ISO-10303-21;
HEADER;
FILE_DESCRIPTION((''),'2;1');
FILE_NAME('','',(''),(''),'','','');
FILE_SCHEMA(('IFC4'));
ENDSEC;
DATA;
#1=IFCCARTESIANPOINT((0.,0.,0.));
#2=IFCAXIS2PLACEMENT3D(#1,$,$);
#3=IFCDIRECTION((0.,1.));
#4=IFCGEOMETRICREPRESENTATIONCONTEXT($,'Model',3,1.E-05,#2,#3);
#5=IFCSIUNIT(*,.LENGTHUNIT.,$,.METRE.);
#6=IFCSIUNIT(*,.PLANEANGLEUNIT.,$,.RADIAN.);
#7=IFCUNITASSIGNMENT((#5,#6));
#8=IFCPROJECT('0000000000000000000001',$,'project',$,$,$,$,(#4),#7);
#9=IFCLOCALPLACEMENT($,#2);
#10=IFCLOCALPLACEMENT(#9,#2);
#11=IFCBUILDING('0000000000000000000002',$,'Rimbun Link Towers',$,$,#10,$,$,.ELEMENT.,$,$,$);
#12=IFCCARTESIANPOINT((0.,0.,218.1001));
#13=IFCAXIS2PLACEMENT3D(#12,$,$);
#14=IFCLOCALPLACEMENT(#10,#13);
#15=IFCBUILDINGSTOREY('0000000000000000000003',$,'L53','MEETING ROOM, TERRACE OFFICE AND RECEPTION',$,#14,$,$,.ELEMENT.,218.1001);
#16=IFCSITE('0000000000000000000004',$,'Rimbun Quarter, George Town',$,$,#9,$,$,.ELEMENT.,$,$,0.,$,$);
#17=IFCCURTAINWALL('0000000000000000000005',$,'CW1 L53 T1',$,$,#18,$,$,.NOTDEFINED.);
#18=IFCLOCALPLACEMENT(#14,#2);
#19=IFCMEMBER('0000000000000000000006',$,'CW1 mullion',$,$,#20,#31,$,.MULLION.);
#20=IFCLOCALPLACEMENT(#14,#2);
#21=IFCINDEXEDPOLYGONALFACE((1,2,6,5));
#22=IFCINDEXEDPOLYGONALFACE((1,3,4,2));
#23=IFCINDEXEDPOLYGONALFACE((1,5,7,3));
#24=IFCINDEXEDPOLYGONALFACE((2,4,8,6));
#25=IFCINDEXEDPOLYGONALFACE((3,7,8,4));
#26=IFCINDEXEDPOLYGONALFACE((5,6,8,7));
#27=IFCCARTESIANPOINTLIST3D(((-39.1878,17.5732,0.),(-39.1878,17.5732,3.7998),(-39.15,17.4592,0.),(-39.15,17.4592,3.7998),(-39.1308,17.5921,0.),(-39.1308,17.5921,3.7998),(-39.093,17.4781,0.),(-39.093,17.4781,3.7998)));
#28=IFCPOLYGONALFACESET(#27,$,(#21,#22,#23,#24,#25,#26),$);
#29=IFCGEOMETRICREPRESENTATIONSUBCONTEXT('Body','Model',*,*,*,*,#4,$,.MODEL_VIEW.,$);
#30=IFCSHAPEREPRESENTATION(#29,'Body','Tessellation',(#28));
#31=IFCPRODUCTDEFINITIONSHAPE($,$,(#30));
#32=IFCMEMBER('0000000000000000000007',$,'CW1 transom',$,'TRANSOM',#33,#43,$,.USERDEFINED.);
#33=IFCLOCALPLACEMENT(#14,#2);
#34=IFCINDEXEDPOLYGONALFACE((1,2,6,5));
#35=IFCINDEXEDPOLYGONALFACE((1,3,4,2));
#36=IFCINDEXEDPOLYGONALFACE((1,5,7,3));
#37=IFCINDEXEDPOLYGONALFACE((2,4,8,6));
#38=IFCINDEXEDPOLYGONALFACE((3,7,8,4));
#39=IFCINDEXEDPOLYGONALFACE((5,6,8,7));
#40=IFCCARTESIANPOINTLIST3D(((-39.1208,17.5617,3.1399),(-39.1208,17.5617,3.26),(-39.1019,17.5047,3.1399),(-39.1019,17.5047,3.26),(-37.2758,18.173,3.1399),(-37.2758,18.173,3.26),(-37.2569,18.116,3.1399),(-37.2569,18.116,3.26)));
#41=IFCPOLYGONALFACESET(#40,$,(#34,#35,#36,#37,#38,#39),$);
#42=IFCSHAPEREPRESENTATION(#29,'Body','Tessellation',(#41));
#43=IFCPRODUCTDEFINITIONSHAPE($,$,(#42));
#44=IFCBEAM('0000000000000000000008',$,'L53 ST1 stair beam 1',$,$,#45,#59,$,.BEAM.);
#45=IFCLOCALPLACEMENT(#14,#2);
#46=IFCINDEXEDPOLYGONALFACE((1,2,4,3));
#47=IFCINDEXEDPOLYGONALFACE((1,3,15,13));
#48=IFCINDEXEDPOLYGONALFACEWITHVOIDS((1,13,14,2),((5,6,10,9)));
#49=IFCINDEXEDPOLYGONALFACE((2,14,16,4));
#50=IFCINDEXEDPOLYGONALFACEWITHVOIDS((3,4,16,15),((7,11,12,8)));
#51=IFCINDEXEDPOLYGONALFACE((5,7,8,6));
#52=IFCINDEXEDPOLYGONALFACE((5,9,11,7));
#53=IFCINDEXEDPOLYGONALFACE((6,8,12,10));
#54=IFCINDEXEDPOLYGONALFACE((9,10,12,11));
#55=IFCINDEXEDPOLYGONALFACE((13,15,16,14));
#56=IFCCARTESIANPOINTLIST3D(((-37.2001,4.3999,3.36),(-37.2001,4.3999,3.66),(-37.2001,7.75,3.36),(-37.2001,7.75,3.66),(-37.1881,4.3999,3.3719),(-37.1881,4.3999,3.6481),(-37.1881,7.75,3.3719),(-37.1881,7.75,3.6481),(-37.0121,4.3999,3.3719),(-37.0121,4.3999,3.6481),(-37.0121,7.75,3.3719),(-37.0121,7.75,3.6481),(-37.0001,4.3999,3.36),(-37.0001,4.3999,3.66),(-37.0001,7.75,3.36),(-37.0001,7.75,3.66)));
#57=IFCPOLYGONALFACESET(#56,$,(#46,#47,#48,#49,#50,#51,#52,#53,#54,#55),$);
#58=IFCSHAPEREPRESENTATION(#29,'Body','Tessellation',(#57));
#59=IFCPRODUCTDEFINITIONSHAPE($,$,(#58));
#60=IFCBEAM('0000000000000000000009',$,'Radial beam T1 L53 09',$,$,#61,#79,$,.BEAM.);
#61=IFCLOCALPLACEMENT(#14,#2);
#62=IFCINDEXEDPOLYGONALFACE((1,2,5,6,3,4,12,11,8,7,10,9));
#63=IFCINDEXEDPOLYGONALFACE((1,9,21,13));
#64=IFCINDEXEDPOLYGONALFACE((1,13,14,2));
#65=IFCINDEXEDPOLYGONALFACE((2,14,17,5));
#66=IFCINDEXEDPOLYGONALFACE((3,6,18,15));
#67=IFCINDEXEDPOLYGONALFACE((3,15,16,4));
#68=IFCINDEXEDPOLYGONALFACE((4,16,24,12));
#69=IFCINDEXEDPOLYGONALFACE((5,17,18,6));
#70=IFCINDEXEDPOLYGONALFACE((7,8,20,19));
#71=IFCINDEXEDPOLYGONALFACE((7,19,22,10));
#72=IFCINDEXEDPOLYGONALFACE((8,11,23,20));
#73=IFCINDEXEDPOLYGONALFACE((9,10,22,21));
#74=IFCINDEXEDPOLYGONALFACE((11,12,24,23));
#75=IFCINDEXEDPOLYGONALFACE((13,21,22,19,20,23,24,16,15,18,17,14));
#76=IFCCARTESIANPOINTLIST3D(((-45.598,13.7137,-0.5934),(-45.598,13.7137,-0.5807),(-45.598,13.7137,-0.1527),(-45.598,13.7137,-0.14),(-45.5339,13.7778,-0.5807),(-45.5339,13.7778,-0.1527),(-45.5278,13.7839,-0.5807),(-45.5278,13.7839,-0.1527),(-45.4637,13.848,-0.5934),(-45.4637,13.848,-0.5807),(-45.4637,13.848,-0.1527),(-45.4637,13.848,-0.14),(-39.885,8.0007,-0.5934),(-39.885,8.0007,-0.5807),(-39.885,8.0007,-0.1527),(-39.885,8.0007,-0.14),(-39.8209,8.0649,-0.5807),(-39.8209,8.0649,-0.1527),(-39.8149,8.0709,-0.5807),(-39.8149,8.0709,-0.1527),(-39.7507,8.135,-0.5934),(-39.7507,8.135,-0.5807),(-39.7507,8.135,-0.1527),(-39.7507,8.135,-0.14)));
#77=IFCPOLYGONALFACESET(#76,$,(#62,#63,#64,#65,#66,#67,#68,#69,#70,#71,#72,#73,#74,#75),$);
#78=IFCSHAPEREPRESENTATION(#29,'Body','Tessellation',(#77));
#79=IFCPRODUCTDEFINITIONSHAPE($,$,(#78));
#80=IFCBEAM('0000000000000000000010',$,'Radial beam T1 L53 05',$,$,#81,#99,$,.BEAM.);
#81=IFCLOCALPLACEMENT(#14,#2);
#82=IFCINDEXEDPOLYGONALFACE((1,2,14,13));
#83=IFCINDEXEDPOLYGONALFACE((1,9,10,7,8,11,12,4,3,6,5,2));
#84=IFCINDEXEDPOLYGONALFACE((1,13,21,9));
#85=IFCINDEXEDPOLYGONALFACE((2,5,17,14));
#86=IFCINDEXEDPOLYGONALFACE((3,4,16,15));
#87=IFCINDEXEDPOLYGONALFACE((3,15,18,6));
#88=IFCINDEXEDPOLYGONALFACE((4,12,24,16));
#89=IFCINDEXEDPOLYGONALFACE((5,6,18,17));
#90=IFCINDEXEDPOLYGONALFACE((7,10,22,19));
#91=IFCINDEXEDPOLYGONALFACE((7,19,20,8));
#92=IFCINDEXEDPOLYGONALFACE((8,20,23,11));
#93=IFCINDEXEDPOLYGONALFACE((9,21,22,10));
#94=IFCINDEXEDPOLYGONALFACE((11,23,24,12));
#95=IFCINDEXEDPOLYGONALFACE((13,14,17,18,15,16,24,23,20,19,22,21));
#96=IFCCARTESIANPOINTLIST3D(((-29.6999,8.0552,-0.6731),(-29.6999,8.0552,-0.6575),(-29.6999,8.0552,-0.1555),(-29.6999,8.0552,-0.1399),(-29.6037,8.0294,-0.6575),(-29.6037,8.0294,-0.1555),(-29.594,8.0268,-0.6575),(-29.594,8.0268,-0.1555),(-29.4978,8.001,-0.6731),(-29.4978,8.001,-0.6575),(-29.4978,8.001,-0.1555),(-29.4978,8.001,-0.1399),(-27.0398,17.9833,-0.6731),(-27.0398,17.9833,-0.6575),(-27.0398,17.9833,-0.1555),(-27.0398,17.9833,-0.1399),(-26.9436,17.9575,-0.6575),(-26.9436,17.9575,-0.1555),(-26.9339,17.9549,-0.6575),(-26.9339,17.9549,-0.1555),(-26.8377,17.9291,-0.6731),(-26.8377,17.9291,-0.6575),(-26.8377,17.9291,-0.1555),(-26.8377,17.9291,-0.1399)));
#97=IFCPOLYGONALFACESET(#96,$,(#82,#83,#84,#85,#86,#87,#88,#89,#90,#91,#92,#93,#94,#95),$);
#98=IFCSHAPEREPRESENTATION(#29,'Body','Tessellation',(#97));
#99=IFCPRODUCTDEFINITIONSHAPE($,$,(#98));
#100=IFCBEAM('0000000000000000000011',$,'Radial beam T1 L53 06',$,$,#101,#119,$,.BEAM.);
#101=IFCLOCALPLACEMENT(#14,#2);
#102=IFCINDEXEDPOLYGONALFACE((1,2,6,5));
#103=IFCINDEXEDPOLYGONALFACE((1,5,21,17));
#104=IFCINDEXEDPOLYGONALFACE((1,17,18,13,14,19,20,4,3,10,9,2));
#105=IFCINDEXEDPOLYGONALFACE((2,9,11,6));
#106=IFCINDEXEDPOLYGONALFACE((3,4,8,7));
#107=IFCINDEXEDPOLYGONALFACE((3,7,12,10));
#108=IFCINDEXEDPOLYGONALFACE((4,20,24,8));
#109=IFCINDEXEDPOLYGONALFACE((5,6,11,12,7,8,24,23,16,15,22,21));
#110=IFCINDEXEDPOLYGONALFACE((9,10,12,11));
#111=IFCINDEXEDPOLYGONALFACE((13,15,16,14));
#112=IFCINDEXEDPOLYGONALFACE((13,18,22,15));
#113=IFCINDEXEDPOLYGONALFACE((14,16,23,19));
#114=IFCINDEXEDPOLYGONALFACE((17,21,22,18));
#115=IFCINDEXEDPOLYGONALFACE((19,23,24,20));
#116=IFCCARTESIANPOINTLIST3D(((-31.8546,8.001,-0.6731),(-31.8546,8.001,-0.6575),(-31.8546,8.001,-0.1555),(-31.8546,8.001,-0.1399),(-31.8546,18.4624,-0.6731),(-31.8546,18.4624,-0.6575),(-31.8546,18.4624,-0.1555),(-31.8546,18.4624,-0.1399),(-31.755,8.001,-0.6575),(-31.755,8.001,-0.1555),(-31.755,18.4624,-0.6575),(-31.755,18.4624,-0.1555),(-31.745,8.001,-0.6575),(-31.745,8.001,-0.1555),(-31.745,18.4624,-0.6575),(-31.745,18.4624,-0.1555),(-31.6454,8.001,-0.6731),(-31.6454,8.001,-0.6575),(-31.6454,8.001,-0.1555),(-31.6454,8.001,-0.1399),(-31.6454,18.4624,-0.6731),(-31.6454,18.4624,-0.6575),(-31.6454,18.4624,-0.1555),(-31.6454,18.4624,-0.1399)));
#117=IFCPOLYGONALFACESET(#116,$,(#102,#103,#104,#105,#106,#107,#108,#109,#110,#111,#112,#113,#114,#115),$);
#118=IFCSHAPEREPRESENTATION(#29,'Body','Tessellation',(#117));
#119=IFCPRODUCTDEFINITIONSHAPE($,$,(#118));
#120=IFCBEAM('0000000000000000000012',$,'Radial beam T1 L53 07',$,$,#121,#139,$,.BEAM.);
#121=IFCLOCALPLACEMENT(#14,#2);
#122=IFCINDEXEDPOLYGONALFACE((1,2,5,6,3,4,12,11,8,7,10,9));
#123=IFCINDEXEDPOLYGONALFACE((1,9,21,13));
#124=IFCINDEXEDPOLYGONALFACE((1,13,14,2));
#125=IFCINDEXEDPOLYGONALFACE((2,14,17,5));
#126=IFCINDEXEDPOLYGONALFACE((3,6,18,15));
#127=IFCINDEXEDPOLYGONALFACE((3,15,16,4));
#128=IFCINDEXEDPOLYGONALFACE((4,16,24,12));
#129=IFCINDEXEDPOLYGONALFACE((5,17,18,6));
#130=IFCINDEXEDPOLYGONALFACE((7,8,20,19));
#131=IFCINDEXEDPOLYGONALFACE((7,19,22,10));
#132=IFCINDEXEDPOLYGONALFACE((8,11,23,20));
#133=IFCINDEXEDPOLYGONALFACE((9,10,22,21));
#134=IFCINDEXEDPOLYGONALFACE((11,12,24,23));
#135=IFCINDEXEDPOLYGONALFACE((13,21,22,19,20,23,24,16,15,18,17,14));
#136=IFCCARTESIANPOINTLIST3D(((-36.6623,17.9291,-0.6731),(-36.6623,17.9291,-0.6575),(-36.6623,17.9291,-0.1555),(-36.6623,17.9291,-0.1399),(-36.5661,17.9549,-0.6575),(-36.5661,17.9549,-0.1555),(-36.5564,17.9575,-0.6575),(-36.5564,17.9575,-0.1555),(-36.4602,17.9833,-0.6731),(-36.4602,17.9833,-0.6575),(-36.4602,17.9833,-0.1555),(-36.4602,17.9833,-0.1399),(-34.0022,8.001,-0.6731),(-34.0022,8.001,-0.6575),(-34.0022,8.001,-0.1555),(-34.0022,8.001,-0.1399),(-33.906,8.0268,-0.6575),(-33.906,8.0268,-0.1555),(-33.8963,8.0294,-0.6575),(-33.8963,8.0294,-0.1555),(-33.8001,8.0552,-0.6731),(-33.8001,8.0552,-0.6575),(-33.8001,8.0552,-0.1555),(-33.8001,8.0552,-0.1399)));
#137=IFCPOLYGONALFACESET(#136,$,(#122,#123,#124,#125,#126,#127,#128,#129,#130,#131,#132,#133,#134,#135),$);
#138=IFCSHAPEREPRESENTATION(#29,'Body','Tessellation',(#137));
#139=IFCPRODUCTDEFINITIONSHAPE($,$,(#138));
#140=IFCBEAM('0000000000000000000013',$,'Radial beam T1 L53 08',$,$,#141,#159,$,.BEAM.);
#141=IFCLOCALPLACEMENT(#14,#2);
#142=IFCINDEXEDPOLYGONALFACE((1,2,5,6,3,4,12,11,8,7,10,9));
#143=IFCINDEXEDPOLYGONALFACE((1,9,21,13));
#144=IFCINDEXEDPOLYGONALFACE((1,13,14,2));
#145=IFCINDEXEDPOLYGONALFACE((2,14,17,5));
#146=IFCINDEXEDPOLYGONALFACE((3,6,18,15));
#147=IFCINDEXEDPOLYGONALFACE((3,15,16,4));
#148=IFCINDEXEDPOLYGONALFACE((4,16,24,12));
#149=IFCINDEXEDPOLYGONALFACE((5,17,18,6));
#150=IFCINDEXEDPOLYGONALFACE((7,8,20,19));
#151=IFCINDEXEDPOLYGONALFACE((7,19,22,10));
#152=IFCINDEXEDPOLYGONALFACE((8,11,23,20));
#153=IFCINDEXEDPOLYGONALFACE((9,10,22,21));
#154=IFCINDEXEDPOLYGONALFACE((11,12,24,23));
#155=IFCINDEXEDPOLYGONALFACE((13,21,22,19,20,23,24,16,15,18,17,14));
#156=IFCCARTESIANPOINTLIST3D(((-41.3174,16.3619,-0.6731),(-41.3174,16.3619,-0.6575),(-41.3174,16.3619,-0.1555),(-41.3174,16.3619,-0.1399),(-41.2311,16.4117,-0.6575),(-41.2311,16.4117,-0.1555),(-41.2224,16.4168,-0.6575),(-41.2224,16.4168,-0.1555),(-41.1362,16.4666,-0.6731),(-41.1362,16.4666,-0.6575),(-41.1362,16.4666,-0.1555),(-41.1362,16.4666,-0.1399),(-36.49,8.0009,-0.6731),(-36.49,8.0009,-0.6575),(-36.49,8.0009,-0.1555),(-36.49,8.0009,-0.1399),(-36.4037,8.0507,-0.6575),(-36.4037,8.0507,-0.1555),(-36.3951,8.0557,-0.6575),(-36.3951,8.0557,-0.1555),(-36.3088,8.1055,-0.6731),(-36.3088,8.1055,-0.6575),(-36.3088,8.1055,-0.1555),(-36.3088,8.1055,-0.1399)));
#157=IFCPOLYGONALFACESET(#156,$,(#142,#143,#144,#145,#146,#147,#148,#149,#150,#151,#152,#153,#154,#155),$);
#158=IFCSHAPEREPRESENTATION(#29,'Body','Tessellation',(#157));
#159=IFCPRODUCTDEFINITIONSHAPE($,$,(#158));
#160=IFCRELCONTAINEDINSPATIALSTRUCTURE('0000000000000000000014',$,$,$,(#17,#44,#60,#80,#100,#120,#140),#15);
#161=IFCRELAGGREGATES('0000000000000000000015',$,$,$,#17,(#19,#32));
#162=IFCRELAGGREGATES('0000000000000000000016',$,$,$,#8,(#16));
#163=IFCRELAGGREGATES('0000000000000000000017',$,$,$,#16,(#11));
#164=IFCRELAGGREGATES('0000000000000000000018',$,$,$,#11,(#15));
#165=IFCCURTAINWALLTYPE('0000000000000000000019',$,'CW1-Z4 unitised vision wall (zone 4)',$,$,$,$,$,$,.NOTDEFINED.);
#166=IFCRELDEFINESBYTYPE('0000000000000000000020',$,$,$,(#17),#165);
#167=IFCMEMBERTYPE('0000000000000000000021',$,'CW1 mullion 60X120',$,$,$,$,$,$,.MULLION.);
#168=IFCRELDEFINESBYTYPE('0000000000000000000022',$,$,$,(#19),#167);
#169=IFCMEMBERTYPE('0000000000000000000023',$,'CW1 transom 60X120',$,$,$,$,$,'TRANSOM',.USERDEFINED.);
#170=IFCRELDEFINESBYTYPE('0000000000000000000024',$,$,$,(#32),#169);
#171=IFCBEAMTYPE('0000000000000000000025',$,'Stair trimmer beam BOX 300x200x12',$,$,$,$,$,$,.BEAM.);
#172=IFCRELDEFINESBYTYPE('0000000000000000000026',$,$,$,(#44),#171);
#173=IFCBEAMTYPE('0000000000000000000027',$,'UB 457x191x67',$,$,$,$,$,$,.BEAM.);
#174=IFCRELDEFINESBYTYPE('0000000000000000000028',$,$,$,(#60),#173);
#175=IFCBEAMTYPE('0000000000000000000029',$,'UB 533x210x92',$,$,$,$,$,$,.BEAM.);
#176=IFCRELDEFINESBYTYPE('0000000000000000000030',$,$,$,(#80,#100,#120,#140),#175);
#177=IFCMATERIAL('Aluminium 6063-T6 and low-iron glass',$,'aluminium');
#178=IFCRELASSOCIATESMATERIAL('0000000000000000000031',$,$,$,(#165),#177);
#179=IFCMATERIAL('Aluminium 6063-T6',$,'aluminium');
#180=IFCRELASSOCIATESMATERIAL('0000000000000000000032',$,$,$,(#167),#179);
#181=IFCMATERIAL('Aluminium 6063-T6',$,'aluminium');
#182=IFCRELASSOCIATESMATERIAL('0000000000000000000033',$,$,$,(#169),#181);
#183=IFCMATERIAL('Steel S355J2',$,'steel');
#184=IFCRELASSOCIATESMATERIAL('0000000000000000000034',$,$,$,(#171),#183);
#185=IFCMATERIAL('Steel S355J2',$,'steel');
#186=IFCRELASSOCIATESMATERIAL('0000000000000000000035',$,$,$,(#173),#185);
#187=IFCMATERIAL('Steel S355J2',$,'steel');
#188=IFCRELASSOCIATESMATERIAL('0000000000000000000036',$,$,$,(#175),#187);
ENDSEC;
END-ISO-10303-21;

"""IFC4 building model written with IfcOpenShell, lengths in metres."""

from ifc_helpers import new_model, si_unit, direction, frame, origin, origin_2d, place, context, subcontext, project, spatial, rectangle, hollow_rectangle, i_section, extrude, material, material_profile, profile_set, type_object, element, aggregate, save


model = new_model("IFC4")

# Units and contexts
model_context = context("Model", 3, precision=1e-05, world=origin(), true_north=direction((0.0, 1.0)))
body_context = subcontext(model_context, "Body", "Model", "MODEL_VIEW")
ifc_project = project(units=[si_unit("LENGTHUNIT", "METRE"), si_unit("PLANEANGLEUNIT", "RADIAN")], contexts=[model_context])

# Site, building, storey
site_placement = place(None, origin())
site = spatial("IfcSite", under=ifc_project, at=site_placement, Name="Rimbun Quarter, George Town", CompositionType="ELEMENT", RefElevation=0.0)
building_placement = place(site_placement, origin())
building = spatial("IfcBuilding", under=site, at=building_placement, Name="Rimbun Link Towers", CompositionType="ELEMENT")
storey_placement = place(building_placement, frame((0.0, 0.0, 218.1001)))
storey = spatial("IfcBuildingStorey", under=building, at=storey_placement, Name="L53", Description="MEETING ROOM, TERRACE OFFICE AND RECEPTION", CompositionType="ELEMENT", Elevation=218.1001)

# Curtain wall, members
ifc_material_1 = material(Name="Aluminium 6063-T6 and low-iron glass", Category="aluminium")
curtain_wall_type = type_object("IfcCurtainWallType", Name="CW1-Z4 unitised vision wall (zone 4)", PredefinedType="NOTDEFINED", material=ifc_material_1)
curtain_wall_placement = place(storey_placement, origin())
curtain_wall = element("IfcCurtainWall", 1, at=curtain_wall_placement, inside=storey, type_object=curtain_wall_type, Name="CW1 L53 T1", PredefinedType="NOTDEFINED")
ifc_material_2 = material(Name="Aluminium 6063-T6", Category="aluminium")
ifc_material_profile_1 = material_profile(ifc_material_2, rectangle(XDim=0.1201, YDim=0.0601, at=origin_2d()), Name="MULLION 60X120")
ifc_profile_set_1 = profile_set([ifc_material_profile_1], Name="Aluminium 6063-T6")
member_type_1 = type_object("IfcMemberType", Name="CW1 mullion 60X120", PredefinedType="MULLION", material=ifc_profile_set_1)
member_1_placement = place(storey_placement, frame((-39.1404, 17.5256, 0.0), z_axis=(0.0, 0.0, 1.0), x_axis=(-0.314578, 0.949231, 0.0)))
member_1 = element("IfcMember", 2, at=member_1_placement, type_object=member_type_1, Name="CW1 mullion", PredefinedType="MULLION", context=body_context, shape_type="SweptSolid", body=[
    extrude(rectangle(XDim=0.1201, YDim=0.0601, at=origin_2d()), origin(), (0.0, 0.0, 1.0), 3.7998),
])
ifc_material_3 = material(Name="Aluminium 6063-T6", Category="aluminium")
ifc_material_profile_2 = material_profile(ifc_material_3, rectangle(XDim=0.0601, YDim=0.1201, at=origin_2d()), Name="TRANSOM 60X120")
ifc_profile_set_2 = profile_set([ifc_material_profile_2], Name="Aluminium 6063-T6")
member_type_2 = type_object("IfcMemberType", Name="CW1 transom 60X120", ElementType="TRANSOM", PredefinedType="USERDEFINED", material=ifc_profile_set_2)
member_2_placement = place(storey_placement, frame((-39.1113, 17.5332, 3.2), z_axis=(0.949247, 0.314532, 0.0), x_axis=(-0.314532, 0.949247, 0.0)))
member_2 = element("IfcMember", 3, at=member_2_placement, type_object=member_type_2, Name="CW1 transom", ObjectType="TRANSOM", PredefinedType="USERDEFINED", context=body_context, shape_type="SweptSolid", body=[
    extrude(rectangle(XDim=0.0601, YDim=0.1201, at=origin_2d()), origin(), (0.0, 0.0, 1.0), 1.9436),
])
aggregate(curtain_wall, [member_1, member_2])

# Beams
ifc_material_4 = material(Name="Steel S355J2", Category="steel")
ifc_material_profile_3 = material_profile(ifc_material_4, hollow_rectangle(XDim=0.2, YDim=0.3, WallThickness=0.012, at=origin_2d()), Name="BOX 300x200x12")
ifc_profile_set_3 = profile_set([ifc_material_profile_3], Name="Steel S355J2")
beam_type_1 = type_object("IfcBeamType", Name="Stair trimmer beam BOX 300x200x12", PredefinedType="BEAM", material=ifc_profile_set_3)
beam_1_placement = place(storey_placement, frame((-37.1001, 7.75, 3.51), z_axis=(0.0, -1.0, 0.0), x_axis=(1.0, 0.0, 0.0)))
element("IfcBeam", 4, at=beam_1_placement, inside=storey, type_object=beam_type_1, Name="L53 ST1 stair beam 1", PredefinedType="BEAM", context=body_context, shape_type="SweptSolid", body=[
    extrude(hollow_rectangle(XDim=0.2, YDim=0.3, WallThickness=0.012, at=origin_2d()), origin(), (0.0, 0.0, 1.0), 3.3501),
])
ifc_material_5 = material(Name="Steel S355J2", Category="steel")
ifc_material_profile_4 = material_profile(ifc_material_5, i_section(OverallWidth=0.1899, OverallDepth=0.4534, WebThickness=0.0085, FlangeThickness=0.0127, at=origin_2d()), Name="UB 457x191x67")
ifc_profile_set_4 = profile_set([ifc_material_profile_4], Name="Steel S355J2")
beam_type_2 = type_object("IfcBeamType", Name="UB 457x191x67", PredefinedType="BEAM", material=ifc_profile_set_4)
beam_2_placement = place(storey_placement, frame((-39.8179, 8.0679, -0.3667), z_axis=(-0.707107, 0.707107, 0.0), x_axis=(-0.707107, -0.707107, 0.0)))
element("IfcBeam", 5, at=beam_2_placement, inside=storey, type_object=beam_type_2, Name="Radial beam T1 L53 09", PredefinedType="BEAM", context=body_context, shape_type="SweptSolid", body=[
    extrude(i_section(OverallWidth=0.1899, OverallDepth=0.4534, WebThickness=0.0085, FlangeThickness=0.0127, at=origin_2d()), origin(), (0.0, 0.0, 1.0), 8.0793),
])
ifc_material_6 = material(Name="Steel S355J2", Category="steel")
ifc_material_profile_5 = material_profile(ifc_material_6, i_section(OverallWidth=0.2092, OverallDepth=0.5332, WebThickness=0.01, FlangeThickness=0.0156, at=origin_2d()), Name="UB 533x210x92")
ifc_profile_set_5 = profile_set([ifc_material_profile_5], Name="Steel S355J2")
beam_type_3 = type_object("IfcBeamType", Name="UB 533x210x92", PredefinedType="BEAM", material=ifc_profile_set_5)
beam_3_placement = place(storey_placement, frame((-29.5989, 8.0281, -0.4065), z_axis=(0.25881, 0.965928, 0.0), x_axis=(-0.965928, 0.25881, 0.0)))
element("IfcBeam", 6, at=beam_3_placement, inside=storey, type_object=beam_type_3, Name="Radial beam T1 L53 05", PredefinedType="BEAM", context=body_context, shape_type="SweptSolid", body=[
    extrude(i_section(OverallWidth=0.2092, OverallDepth=0.5332, WebThickness=0.01, FlangeThickness=0.0156, at=origin_2d()), origin(), (0.0, 0.0, 1.0), 10.2783),
])
beam_4_placement = place(storey_placement, frame((-31.75, 8.001, -0.4065), z_axis=(0.0, 1.0, 0.0), x_axis=(-1.0, 0.0, 0.0)))
element("IfcBeam", 7, at=beam_4_placement, inside=storey, type_object=beam_type_3, Name="Radial beam T1 L53 06", PredefinedType="BEAM", context=body_context, shape_type="SweptSolid", body=[
    extrude(i_section(OverallWidth=0.2092, OverallDepth=0.5332, WebThickness=0.01, FlangeThickness=0.0156, at=origin_2d()), origin(), (0.0, 0.0, 1.0), 10.4614),
])
beam_5_placement = place(storey_placement, frame((-33.9011, 8.0281, -0.4065), z_axis=(-0.25881, 0.965928, 0.0), x_axis=(-0.965928, -0.25881, 0.0)))
element("IfcBeam", 8, at=beam_5_placement, inside=storey, type_object=beam_type_3, Name="Radial beam T1 L53 07", PredefinedType="BEAM", context=body_context, shape_type="SweptSolid", body=[
    extrude(i_section(OverallWidth=0.2092, OverallDepth=0.5332, WebThickness=0.01, FlangeThickness=0.0156, at=origin_2d()), origin(), (0.0, 0.0, 1.0), 10.2783),
])
beam_6_placement = place(storey_placement, frame((-36.3994, 8.0532, -0.4065), z_axis=(-0.500009, 0.86602, 0.0), x_axis=(-0.86602, -0.500009, 0.0)))
element("IfcBeam", 9, at=beam_6_placement, inside=storey, type_object=beam_type_3, Name="Radial beam T1 L53 08", PredefinedType="BEAM", context=body_context, shape_type="SweptSolid", body=[
    extrude(i_section(OverallWidth=0.2092, OverallDepth=0.5332, WebThickness=0.01, FlangeThickness=0.0156, at=origin_2d()), origin(), (0.0, 0.0, 1.0), 9.6545),
])

save(model, "model.ifc")
